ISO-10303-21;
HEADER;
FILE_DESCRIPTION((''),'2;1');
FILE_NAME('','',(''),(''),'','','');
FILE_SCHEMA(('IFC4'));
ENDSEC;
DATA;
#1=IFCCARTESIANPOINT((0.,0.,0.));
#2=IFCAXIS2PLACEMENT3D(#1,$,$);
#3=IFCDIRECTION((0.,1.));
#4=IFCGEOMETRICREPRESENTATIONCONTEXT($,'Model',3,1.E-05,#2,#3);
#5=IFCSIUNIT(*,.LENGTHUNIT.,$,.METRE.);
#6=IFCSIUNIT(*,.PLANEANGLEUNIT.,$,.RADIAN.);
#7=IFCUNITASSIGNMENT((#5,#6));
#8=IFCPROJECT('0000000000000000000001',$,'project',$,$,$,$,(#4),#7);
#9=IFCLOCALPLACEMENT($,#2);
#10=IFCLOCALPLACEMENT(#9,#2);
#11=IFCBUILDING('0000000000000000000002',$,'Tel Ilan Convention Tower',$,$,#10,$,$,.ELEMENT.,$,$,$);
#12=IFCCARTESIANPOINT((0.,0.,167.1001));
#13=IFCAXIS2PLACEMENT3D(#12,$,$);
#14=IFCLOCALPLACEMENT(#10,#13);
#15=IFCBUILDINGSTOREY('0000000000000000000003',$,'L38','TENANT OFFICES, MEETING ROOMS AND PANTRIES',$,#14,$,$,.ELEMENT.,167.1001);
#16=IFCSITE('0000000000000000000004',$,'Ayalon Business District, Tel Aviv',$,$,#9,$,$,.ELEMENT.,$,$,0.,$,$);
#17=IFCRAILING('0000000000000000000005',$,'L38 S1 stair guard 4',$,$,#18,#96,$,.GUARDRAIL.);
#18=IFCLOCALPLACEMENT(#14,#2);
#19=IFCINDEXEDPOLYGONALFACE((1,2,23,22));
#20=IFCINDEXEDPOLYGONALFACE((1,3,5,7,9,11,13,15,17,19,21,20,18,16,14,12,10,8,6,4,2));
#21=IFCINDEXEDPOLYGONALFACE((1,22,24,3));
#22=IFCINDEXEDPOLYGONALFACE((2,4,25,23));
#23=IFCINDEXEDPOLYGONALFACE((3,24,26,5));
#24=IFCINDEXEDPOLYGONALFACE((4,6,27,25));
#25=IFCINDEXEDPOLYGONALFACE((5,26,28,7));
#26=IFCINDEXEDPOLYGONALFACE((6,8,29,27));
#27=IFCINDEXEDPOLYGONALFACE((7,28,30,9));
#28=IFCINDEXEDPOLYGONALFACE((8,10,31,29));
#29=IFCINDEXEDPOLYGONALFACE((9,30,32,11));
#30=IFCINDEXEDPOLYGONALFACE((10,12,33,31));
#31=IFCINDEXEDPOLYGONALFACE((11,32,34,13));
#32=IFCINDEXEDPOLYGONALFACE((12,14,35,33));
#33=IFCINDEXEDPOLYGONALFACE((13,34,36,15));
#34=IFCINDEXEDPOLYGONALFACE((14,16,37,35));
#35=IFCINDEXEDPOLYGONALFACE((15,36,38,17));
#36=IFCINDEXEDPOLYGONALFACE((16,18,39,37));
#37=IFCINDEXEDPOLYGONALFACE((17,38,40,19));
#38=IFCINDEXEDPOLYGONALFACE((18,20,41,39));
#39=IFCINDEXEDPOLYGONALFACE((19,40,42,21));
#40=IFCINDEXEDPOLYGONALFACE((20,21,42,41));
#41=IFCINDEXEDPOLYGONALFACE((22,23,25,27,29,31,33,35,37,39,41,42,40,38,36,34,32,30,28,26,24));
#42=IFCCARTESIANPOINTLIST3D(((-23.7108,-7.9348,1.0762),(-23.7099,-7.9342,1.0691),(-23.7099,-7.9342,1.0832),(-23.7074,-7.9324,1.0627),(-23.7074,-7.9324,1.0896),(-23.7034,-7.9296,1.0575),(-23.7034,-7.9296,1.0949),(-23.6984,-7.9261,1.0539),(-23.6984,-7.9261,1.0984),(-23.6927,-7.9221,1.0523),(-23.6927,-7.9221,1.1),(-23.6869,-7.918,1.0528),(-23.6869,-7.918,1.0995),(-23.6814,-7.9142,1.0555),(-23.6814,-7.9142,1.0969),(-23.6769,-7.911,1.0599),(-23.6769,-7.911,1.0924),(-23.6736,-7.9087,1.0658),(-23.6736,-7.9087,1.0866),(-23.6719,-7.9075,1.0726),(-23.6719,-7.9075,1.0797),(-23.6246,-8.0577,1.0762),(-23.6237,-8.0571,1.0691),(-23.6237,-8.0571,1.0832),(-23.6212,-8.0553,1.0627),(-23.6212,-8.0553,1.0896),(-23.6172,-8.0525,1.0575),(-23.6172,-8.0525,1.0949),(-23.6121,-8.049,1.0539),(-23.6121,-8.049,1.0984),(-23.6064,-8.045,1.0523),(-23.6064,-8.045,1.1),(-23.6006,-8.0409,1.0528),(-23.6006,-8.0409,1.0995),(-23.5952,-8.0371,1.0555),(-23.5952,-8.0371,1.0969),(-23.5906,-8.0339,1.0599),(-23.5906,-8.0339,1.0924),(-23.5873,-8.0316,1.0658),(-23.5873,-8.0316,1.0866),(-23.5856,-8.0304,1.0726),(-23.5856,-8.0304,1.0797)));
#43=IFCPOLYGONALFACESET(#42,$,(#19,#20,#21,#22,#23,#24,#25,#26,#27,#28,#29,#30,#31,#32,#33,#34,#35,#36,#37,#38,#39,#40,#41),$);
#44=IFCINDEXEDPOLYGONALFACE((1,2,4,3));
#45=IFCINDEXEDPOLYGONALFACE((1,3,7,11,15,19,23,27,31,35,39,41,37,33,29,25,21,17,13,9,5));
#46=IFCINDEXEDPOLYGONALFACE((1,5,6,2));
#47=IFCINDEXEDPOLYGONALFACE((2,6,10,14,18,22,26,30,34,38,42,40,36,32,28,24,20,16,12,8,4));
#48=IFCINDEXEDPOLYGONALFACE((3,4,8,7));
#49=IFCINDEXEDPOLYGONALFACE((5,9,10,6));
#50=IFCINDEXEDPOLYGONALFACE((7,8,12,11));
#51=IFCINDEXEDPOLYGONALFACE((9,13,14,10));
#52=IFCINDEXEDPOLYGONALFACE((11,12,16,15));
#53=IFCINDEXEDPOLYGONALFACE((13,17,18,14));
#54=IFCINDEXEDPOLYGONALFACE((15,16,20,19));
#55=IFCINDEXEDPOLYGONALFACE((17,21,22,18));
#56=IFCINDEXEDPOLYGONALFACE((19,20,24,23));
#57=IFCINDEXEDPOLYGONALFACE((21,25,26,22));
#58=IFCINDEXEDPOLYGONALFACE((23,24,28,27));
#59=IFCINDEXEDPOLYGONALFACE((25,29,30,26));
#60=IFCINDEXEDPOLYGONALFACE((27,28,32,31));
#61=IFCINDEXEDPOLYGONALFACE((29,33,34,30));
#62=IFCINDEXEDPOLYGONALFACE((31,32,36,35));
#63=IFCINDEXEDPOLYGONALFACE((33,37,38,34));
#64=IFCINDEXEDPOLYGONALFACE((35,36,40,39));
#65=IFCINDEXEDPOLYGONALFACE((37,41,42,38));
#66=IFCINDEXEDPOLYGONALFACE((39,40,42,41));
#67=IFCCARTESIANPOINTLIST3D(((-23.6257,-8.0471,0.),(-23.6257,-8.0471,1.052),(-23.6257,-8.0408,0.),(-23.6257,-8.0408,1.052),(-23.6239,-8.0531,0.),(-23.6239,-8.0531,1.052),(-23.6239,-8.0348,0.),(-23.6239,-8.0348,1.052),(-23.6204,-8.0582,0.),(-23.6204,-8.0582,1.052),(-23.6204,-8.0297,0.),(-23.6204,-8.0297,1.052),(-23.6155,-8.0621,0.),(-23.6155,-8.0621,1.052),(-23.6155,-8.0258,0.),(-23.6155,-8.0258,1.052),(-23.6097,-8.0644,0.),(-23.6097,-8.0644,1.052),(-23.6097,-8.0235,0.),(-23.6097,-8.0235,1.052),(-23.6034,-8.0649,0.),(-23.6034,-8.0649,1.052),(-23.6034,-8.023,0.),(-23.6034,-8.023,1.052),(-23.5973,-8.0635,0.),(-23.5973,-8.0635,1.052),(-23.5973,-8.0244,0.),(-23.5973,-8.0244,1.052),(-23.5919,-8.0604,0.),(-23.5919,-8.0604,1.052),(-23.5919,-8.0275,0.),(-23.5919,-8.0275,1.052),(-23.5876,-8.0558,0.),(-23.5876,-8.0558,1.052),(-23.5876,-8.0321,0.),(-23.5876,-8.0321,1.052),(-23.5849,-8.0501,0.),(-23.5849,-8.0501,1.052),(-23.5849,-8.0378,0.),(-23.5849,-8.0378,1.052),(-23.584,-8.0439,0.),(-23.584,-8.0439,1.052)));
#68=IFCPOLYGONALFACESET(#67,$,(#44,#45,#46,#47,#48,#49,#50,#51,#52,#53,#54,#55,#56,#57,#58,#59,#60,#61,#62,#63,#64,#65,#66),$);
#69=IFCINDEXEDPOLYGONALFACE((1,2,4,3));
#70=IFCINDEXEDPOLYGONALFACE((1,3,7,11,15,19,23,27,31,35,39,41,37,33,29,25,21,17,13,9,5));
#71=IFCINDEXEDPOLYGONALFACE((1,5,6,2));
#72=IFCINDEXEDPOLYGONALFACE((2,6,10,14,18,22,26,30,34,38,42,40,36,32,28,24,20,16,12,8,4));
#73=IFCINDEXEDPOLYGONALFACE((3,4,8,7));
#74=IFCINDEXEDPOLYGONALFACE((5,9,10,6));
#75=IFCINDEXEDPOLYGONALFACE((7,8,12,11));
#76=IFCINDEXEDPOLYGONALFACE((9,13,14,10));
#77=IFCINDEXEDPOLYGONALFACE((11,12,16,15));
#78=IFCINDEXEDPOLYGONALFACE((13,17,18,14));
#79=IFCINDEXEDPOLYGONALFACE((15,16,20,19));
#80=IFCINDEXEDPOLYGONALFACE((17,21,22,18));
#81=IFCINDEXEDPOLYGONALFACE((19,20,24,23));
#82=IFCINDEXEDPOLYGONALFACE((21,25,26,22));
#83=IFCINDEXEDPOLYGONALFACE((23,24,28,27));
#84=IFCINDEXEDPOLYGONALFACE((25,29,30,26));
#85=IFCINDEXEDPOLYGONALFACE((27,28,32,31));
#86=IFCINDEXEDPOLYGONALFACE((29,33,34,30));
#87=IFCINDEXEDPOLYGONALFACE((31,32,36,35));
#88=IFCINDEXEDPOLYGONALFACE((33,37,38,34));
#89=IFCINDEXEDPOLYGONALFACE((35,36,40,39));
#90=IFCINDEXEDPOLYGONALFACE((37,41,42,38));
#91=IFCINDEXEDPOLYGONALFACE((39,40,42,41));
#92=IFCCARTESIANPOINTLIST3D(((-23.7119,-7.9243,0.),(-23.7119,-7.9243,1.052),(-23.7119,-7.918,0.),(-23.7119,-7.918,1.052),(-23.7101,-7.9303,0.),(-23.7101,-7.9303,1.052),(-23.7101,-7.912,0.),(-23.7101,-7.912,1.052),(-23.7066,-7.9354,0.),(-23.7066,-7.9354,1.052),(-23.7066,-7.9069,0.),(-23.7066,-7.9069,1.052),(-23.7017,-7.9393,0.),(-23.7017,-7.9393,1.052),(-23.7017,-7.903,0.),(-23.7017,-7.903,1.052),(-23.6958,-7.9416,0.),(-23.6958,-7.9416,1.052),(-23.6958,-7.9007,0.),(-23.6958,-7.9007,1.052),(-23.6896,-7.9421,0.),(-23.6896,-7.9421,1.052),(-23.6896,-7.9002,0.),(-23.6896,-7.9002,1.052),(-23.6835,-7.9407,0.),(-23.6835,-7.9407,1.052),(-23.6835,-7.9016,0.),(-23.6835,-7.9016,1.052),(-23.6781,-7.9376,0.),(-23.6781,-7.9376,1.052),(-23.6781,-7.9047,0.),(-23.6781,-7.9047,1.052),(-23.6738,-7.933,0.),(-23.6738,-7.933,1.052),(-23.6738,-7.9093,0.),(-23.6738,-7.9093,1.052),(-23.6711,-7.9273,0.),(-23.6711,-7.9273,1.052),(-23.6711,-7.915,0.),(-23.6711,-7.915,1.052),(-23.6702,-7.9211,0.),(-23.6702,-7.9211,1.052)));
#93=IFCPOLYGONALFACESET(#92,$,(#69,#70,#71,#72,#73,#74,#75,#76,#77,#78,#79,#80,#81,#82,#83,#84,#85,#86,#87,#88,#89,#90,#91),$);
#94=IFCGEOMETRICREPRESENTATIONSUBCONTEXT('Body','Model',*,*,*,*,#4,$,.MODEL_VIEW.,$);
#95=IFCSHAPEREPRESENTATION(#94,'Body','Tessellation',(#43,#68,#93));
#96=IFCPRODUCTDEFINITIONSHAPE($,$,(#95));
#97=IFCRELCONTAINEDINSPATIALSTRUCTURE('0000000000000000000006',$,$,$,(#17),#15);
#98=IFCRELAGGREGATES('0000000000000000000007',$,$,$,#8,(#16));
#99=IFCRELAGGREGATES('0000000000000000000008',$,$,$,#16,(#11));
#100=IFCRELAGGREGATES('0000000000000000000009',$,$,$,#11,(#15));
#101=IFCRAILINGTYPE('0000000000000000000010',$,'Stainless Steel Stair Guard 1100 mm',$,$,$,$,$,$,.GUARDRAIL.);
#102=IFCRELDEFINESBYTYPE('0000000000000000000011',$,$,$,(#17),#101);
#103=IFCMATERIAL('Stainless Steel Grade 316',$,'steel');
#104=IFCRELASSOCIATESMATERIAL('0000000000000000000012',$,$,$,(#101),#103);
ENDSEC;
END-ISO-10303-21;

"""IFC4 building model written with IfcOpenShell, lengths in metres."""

from ifc_helpers import new_model, si_unit, direction, frame, origin, origin_2d, place, context, subcontext, project, spatial, circle, extrude, material, type_object, element, save


model = new_model("IFC4")

# Units and contexts
model_context = context("Model", 3, precision=1e-05, world=origin(), true_north=direction((0.0, 1.0)))
body_context = subcontext(model_context, "Body", "Model", "MODEL_VIEW")
ifc_project = project(units=[si_unit("LENGTHUNIT", "METRE"), si_unit("PLANEANGLEUNIT", "RADIAN")], contexts=[model_context])

# Site, building, storey
site_placement = place(None, origin())
site = spatial("IfcSite", under=ifc_project, at=site_placement, Name="Ayalon Business District, Tel Aviv", CompositionType="ELEMENT", RefElevation=0.0)
building_placement = place(site_placement, origin())
building = spatial("IfcBuilding", under=site, at=building_placement, Name="Tel Ilan Convention Tower", CompositionType="ELEMENT")
storey_placement = place(building_placement, frame((0.0, 0.0, 167.1001)))
storey = spatial("IfcBuildingStorey", under=building, at=storey_placement, Name="L38", Description="TENANT OFFICES, MEETING ROOMS AND PANTRIES", CompositionType="ELEMENT", Elevation=167.1001)

# Railing
ifc_material_1 = material(Name="Stainless Steel Grade 316", Category="steel")
railing_type = type_object("IfcRailingType", Name="Stainless Steel Stair Guard 1100 mm", PredefinedType="GUARDRAIL", material=ifc_material_1)
railing_1_placement = place(storey_placement, frame((-23.605, -8.0439, 0.0)))
element("IfcRailing", 1, at=railing_1_placement, inside=storey, type_object=railing_type, Name="L38 S1 stair guard 4", PredefinedType="GUARDRAIL", context=body_context, shape_type="SweptSolid", body=[
    extrude(circle(Radius=0.0239, at=origin_2d()), frame((0.0, 0.0, 1.0762), z_axis=(-0.574445, 0.818543, 0.0), x_axis=(-0.818543, -0.574445, 0.0)), (0.0, 0.0, 1.0), 0.1501),
    extrude(circle(Radius=0.021, at=origin_2d()), origin(), (0.0, 0.0, 1.0), 1.052),
    extrude(circle(Radius=0.021, at=origin_2d()), frame((-0.0862, 0.1228, 0.0)), (0.0, 0.0, 1.0), 1.052),
])

save(model, "model.ifc")
